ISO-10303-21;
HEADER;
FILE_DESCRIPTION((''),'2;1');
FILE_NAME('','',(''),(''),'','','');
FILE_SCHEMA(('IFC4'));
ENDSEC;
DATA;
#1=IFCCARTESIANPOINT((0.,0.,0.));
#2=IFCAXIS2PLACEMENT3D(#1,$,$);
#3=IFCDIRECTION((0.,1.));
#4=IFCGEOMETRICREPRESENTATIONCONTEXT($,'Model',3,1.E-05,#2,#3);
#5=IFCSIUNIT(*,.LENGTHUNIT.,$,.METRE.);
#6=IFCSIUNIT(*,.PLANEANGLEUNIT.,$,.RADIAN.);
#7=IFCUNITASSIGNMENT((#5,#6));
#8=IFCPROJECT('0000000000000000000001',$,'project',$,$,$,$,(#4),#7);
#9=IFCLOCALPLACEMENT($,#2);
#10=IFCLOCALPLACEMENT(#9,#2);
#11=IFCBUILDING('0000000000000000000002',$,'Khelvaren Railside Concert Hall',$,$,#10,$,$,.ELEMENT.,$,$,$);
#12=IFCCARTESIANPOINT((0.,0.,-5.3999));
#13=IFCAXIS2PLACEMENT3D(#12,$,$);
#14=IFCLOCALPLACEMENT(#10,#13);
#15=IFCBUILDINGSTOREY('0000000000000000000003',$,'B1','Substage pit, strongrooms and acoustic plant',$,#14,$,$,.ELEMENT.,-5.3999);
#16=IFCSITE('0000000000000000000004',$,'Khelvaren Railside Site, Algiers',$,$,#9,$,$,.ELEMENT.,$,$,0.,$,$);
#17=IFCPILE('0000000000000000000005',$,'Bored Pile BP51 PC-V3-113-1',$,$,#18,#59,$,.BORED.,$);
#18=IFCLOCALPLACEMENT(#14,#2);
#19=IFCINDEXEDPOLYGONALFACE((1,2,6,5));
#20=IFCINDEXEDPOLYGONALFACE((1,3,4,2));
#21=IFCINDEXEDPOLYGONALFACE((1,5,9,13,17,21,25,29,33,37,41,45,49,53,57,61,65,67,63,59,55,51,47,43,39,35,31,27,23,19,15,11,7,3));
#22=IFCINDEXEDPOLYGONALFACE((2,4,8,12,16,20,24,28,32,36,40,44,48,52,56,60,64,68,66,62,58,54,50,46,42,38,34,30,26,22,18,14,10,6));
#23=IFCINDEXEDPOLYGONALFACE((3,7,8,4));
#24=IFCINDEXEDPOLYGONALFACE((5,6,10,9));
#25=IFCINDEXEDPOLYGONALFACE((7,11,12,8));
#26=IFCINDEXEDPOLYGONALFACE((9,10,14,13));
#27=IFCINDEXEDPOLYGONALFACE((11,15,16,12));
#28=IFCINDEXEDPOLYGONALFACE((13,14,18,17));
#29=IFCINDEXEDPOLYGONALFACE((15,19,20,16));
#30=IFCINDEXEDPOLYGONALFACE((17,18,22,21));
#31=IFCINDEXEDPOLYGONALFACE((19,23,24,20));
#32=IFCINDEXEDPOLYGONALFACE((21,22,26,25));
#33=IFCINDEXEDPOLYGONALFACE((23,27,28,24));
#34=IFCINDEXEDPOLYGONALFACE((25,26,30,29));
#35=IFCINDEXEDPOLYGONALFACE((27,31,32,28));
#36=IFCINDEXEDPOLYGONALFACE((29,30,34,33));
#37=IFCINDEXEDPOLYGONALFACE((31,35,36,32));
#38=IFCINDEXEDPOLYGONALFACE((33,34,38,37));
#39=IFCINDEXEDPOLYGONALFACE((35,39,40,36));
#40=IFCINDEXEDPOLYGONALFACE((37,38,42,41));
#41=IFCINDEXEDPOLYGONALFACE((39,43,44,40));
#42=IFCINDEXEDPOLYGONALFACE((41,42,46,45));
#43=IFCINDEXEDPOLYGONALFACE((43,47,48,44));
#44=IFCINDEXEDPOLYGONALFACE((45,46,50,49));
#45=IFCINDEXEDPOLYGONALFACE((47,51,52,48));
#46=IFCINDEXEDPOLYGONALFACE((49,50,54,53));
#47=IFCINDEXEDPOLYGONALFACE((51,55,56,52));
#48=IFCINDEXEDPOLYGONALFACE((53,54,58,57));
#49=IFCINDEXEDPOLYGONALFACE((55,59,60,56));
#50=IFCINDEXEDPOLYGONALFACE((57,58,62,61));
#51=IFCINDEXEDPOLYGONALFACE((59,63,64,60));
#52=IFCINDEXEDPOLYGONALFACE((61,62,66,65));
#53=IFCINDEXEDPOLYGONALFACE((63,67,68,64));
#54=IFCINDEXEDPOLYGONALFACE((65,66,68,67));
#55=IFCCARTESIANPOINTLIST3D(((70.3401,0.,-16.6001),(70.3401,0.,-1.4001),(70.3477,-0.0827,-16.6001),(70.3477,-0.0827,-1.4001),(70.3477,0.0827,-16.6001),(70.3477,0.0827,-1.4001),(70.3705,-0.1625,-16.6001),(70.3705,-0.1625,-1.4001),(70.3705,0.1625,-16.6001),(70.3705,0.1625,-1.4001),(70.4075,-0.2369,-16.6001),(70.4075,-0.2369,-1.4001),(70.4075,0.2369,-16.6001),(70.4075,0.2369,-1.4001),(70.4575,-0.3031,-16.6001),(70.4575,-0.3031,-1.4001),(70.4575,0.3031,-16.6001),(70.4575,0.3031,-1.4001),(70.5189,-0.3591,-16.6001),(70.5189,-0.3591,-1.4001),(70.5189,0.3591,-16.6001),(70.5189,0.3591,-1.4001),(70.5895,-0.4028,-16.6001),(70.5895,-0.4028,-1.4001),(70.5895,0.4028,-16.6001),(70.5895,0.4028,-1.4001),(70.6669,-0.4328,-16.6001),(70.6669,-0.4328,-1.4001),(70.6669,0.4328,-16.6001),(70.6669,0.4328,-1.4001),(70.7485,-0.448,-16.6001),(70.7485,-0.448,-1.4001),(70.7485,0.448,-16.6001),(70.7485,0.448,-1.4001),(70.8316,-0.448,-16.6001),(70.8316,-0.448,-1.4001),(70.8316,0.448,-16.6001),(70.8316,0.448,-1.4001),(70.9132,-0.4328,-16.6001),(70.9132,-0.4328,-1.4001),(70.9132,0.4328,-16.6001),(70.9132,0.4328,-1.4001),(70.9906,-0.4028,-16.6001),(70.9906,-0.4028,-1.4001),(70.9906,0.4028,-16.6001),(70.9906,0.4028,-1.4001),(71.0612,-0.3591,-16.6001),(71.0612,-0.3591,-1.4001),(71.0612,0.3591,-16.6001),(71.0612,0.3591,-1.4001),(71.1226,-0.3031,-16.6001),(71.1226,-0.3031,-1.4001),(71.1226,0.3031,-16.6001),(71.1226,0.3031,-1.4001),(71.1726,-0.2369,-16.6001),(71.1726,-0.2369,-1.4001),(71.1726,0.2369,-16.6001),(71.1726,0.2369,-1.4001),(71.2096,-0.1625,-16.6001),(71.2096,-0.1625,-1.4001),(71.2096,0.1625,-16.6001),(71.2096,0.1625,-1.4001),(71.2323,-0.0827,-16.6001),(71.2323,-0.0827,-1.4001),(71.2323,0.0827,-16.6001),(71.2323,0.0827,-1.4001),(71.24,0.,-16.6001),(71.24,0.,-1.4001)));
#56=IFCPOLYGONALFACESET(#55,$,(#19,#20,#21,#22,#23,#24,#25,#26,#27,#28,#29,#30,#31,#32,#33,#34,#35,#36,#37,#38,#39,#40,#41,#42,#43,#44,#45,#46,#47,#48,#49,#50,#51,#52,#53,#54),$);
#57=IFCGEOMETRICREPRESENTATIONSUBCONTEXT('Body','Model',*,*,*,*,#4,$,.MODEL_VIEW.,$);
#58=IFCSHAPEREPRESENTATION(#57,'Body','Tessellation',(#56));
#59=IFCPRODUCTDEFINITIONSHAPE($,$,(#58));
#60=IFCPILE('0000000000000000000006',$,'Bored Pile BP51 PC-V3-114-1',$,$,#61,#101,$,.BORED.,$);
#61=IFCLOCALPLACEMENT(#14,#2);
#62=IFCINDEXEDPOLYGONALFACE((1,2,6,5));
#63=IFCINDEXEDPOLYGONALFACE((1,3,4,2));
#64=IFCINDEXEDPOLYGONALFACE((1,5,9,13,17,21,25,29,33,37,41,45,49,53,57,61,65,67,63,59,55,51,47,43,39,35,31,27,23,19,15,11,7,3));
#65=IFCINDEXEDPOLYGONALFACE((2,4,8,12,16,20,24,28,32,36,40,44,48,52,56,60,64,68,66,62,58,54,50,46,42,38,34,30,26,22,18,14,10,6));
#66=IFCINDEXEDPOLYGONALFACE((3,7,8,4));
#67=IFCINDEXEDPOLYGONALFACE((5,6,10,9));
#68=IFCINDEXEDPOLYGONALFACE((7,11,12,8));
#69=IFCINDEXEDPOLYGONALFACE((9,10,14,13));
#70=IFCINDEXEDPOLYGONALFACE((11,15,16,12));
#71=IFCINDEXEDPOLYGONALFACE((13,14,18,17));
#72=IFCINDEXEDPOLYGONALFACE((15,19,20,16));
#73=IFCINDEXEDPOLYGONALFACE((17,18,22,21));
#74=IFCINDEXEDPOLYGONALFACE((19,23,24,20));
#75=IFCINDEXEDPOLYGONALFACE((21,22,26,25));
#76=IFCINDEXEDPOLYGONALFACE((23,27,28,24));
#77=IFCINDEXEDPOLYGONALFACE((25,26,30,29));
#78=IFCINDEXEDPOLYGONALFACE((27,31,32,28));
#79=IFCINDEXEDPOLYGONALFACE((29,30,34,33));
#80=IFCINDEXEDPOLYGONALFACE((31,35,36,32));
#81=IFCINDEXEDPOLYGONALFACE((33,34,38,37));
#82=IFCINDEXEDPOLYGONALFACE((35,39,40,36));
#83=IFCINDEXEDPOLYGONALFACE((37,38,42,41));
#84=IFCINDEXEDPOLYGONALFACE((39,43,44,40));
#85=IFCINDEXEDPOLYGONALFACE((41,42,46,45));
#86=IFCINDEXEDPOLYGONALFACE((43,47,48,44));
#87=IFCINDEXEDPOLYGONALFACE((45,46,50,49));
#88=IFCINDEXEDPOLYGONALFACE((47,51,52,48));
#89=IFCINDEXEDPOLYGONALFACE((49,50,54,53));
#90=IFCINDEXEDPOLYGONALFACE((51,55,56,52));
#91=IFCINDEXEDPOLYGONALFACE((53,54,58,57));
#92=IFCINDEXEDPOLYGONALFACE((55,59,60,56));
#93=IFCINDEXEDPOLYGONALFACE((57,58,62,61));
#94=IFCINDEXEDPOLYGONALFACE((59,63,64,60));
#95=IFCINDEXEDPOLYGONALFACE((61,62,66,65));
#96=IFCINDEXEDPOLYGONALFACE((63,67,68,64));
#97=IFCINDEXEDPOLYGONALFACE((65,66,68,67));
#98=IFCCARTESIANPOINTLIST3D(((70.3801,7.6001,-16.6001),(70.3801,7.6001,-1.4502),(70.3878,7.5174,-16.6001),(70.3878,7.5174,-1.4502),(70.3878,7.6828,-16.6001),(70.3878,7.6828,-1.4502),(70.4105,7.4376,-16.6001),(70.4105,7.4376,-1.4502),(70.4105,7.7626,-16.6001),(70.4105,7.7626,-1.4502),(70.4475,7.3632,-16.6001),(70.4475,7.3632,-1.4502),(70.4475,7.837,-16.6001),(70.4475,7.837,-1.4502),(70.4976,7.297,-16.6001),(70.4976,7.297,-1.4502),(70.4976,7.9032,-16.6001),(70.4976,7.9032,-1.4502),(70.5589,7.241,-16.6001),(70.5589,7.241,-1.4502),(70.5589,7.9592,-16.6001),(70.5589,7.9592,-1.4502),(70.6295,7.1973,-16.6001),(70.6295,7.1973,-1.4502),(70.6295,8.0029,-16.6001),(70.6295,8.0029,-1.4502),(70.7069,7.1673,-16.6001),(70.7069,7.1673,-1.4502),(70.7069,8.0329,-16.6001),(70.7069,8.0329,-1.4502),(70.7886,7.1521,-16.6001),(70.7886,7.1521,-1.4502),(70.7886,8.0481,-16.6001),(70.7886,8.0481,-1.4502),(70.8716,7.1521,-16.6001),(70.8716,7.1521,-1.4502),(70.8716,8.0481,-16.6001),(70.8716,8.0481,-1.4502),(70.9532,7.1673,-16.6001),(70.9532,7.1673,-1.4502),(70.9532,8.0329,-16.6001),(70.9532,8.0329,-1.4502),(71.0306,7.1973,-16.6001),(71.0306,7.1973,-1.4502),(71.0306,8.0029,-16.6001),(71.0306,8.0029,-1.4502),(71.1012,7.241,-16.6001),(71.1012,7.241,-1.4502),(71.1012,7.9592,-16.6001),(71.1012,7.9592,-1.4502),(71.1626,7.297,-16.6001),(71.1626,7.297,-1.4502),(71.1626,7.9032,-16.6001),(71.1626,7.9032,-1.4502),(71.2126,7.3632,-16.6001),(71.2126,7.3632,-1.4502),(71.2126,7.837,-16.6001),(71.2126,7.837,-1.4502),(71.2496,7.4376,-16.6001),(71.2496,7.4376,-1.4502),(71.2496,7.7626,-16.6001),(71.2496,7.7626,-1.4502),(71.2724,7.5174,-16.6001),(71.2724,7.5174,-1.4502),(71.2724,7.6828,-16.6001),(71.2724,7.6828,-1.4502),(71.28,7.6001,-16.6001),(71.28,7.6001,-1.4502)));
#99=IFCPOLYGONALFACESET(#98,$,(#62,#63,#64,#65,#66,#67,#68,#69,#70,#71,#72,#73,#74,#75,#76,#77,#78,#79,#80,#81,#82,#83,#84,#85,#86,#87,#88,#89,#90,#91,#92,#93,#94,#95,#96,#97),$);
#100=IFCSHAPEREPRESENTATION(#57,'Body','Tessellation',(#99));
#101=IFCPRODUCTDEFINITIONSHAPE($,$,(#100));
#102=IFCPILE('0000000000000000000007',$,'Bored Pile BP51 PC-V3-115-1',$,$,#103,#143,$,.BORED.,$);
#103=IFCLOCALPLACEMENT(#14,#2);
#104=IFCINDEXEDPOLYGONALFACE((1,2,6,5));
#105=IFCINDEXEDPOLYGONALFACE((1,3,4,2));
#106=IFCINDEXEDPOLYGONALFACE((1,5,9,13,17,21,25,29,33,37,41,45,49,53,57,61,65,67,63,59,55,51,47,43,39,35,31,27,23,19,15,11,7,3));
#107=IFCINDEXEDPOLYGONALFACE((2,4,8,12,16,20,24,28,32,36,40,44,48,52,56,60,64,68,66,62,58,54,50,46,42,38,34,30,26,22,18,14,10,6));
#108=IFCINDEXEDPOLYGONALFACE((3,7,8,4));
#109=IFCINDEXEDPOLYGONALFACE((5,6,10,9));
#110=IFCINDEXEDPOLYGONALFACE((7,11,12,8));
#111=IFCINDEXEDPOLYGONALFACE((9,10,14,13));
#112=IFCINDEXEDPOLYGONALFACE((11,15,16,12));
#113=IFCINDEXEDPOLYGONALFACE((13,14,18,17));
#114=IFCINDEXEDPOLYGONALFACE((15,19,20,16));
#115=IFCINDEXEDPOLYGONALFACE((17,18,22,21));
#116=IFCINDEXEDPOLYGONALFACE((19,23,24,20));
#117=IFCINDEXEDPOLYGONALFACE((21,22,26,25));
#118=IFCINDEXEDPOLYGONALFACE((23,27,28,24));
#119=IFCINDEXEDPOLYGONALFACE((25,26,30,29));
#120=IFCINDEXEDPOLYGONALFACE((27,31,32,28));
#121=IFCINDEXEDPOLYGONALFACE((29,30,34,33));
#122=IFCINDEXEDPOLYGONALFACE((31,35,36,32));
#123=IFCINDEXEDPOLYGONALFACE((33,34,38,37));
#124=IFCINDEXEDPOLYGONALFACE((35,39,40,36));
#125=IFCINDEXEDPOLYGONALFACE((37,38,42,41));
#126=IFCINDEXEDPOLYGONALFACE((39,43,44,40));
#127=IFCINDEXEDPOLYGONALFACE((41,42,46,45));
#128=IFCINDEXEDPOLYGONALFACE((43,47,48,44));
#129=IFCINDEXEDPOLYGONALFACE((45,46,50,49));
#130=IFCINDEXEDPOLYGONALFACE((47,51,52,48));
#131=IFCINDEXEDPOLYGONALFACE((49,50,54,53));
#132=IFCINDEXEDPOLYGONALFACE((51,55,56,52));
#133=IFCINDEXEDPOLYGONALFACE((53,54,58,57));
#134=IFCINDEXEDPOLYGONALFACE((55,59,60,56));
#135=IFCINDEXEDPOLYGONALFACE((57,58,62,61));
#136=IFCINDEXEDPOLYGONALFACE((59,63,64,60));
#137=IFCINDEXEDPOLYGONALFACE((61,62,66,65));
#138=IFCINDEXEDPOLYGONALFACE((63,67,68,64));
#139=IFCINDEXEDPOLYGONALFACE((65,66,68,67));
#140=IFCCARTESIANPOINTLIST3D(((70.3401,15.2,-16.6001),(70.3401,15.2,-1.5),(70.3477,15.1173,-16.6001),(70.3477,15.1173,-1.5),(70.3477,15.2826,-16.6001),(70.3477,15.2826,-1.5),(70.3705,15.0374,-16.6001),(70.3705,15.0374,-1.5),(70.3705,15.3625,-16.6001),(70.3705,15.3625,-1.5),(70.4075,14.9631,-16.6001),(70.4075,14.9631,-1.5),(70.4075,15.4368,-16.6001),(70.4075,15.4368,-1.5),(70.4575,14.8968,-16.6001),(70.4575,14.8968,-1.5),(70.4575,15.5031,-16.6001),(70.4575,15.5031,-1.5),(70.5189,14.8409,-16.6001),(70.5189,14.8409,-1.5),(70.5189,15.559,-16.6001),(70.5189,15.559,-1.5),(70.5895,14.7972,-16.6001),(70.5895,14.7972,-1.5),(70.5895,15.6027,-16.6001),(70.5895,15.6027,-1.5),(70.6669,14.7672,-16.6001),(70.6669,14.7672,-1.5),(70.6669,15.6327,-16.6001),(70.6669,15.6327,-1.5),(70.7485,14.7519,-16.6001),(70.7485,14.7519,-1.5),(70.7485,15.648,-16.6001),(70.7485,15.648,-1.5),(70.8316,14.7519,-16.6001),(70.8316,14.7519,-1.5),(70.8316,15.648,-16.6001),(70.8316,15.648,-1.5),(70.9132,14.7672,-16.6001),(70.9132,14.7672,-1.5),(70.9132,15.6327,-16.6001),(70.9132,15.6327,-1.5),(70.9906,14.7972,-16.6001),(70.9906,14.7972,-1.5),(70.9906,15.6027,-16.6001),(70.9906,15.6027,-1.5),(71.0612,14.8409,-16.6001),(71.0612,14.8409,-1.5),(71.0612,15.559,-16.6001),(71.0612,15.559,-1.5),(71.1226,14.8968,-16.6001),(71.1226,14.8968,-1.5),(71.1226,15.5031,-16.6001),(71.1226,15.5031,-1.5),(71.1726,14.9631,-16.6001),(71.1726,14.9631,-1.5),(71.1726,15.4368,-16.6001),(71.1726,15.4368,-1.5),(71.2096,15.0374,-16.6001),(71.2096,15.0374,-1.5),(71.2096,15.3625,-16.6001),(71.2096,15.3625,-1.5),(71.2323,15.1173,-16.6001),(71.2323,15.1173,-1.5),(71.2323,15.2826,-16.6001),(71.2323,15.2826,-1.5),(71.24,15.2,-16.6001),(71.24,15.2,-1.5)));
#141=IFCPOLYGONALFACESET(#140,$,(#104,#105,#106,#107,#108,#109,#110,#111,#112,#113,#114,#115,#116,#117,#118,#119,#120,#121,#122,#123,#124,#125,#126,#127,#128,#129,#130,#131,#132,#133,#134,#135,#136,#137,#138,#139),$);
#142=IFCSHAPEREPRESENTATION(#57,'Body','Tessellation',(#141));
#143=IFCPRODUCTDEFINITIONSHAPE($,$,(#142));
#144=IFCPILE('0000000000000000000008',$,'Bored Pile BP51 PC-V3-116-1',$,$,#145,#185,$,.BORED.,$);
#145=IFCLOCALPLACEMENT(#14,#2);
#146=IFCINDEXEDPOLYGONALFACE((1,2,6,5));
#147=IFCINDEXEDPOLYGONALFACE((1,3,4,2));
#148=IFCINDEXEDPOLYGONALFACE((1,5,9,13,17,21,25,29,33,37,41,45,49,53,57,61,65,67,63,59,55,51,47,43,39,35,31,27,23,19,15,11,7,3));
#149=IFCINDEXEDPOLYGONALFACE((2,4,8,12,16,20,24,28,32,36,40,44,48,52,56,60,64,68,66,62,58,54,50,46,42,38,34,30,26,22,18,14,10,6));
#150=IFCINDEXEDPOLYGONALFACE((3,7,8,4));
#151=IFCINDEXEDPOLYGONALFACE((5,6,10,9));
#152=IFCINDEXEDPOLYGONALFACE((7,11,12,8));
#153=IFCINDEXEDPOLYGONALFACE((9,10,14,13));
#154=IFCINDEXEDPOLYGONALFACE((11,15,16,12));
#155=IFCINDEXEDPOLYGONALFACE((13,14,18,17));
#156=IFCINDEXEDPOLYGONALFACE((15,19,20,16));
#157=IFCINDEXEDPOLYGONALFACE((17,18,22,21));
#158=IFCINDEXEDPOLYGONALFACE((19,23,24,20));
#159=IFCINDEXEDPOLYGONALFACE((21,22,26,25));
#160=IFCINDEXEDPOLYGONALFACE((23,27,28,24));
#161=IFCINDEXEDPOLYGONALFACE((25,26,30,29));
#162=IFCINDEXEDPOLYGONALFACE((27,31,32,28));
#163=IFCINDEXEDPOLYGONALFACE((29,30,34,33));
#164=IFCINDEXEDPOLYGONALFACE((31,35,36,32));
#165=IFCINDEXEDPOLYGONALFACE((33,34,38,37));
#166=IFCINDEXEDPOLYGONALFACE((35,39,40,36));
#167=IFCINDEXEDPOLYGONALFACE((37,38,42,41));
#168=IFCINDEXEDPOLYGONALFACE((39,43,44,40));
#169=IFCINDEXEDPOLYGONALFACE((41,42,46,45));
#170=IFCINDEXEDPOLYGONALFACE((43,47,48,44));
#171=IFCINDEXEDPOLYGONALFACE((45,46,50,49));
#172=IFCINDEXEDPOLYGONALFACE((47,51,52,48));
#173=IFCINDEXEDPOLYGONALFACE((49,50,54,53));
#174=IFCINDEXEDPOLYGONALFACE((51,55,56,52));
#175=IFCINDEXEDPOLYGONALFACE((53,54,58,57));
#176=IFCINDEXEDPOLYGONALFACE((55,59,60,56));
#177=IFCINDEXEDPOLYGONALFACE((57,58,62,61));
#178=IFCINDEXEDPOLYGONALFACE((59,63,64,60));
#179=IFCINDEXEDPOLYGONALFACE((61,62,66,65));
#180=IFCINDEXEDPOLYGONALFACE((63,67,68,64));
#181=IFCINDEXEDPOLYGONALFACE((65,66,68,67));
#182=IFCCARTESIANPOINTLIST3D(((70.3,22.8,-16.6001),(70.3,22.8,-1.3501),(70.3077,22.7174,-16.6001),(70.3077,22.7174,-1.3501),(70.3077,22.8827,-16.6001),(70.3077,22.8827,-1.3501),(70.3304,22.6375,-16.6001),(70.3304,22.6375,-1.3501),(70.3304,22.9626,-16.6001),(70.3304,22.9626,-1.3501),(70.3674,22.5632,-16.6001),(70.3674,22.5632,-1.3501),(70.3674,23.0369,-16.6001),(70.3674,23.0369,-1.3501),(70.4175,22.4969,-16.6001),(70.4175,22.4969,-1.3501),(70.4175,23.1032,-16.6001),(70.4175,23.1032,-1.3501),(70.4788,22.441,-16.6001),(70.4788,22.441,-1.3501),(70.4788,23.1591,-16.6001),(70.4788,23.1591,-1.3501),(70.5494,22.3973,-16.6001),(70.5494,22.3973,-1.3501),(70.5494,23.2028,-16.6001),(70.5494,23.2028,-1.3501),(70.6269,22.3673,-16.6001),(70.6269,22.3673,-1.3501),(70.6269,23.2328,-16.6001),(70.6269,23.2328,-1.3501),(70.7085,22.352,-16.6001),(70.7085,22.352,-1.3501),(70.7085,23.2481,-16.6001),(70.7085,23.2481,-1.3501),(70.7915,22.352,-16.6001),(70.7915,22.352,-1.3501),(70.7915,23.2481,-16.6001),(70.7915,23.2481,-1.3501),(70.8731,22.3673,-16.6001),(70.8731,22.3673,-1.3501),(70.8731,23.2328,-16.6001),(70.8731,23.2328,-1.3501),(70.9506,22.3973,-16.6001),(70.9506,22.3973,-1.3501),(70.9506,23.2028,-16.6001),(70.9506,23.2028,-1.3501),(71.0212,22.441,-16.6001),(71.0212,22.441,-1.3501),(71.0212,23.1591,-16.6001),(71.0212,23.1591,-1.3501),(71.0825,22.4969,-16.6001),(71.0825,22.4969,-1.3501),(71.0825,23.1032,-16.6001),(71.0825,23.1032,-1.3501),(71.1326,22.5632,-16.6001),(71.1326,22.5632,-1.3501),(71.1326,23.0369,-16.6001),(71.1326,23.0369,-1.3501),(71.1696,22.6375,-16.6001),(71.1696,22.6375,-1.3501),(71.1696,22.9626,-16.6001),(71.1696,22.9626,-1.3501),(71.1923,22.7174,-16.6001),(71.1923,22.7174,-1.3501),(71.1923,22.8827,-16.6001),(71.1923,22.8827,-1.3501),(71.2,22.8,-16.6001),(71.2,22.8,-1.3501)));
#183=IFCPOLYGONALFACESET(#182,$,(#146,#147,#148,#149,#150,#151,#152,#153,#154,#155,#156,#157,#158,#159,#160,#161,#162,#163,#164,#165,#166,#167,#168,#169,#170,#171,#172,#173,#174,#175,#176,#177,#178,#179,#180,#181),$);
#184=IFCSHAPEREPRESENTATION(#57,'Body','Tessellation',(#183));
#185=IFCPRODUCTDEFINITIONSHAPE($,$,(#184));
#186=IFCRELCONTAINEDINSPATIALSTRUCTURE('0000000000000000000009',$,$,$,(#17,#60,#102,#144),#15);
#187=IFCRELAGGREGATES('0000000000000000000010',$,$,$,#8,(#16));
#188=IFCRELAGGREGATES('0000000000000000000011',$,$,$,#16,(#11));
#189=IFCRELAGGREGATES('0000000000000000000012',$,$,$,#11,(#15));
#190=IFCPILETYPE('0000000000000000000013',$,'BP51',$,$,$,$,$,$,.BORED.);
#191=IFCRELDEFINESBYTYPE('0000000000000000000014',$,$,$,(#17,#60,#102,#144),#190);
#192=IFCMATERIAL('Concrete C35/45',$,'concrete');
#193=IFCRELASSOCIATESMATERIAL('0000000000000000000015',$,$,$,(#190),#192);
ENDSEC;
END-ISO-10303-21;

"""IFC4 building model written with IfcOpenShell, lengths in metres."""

from ifc_helpers import new_model, si_unit, direction, frame, origin, origin_2d, place, context, subcontext, project, spatial, circle, extrude, material, material_profile, profile_set, type_object, element, save


model = new_model("IFC4")

# Units and contexts
model_context = context("Model", 3, precision=1e-05, world=origin(), true_north=direction((0.0, 1.0)))
body_context = subcontext(model_context, "Body", "Model", "MODEL_VIEW")
ifc_project = project(units=[si_unit("LENGTHUNIT", "METRE"), si_unit("PLANEANGLEUNIT", "RADIAN")], contexts=[model_context])

# Site, building, storey
site_placement = place(None, origin())
site = spatial("IfcSite", under=ifc_project, at=site_placement, Name="Khelvaren Railside Site, Algiers", CompositionType="ELEMENT", RefElevation=0.0)
building_placement = place(site_placement, origin())
building = spatial("IfcBuilding", under=site, at=building_placement, Name="Khelvaren Railside Concert Hall", CompositionType="ELEMENT")
storey_placement = place(building_placement, frame((0.0, 0.0, -5.3999)))
storey = spatial("IfcBuildingStorey", under=building, at=storey_placement, Name="B1", Description="Substage pit, strongrooms and acoustic plant", CompositionType="ELEMENT", Elevation=-5.3999)

# Piles
ifc_material_1 = material(Name="Concrete C35/45", Category="concrete")
ifc_material_profile_1 = material_profile(ifc_material_1, circle(Radius=0.45, at=origin_2d()), Name="BP D900")
ifc_profile_set_1 = profile_set([ifc_material_profile_1], Name="Concrete C35/45")
pile_type_1 = type_object("IfcPileType", Name="BP51", PredefinedType="BORED", material=ifc_profile_set_1)
pile_1_placement = place(storey_placement, frame((70.79, 0.0, -1.4001), z_axis=(0.0, 0.0, -1.0), x_axis=(1.0, 0.0, 0.0)))
element("IfcPile", 1, at=pile_1_placement, inside=storey, type_object=pile_type_1, Name="Bored Pile BP51 PC-V3-113-1", PredefinedType="BORED", context=body_context, shape_type="SweptSolid", body=[
    extrude(circle(Radius=0.45, at=origin_2d()), origin(), (0.0, 0.0, 1.0), 15.2),
])
pile_2_placement = place(storey_placement, frame((70.8301, 7.6001, -1.4502), z_axis=(0.0, 0.0, -1.0), x_axis=(1.0, 0.0, 0.0)))
element("IfcPile", 2, at=pile_2_placement, inside=storey, type_object=pile_type_1, Name="Bored Pile BP51 PC-V3-114-1", PredefinedType="BORED", context=body_context, shape_type="SweptSolid", body=[
    extrude(circle(Radius=0.45, at=origin_2d()), origin(), (0.0, 0.0, 1.0), 15.1499),
])
pile_3_placement = place(storey_placement, frame((70.79, 15.2, -1.5), z_axis=(0.0, 0.0, -1.0), x_axis=(1.0, 0.0, 0.0)))
element("IfcPile", 3, at=pile_3_placement, inside=storey, type_object=pile_type_1, Name="Bored Pile BP51 PC-V3-115-1", PredefinedType="BORED", context=body_context, shape_type="SweptSolid", body=[
    extrude(circle(Radius=0.45, at=origin_2d()), origin(), (0.0, 0.0, 1.0), 15.1001),
])
pile_4_placement = place(storey_placement, frame((70.75, 22.8, -1.3501), z_axis=(0.0, 0.0, -1.0), x_axis=(1.0, 0.0, 0.0)))
element("IfcPile", 4, at=pile_4_placement, inside=storey, type_object=pile_type_1, Name="Bored Pile BP51 PC-V3-116-1", PredefinedType="BORED", context=body_context, shape_type="SweptSolid", body=[
    extrude(circle(Radius=0.45, at=origin_2d()), origin(), (0.0, 0.0, 1.0), 15.25),
])

save(model, "model.ifc")
